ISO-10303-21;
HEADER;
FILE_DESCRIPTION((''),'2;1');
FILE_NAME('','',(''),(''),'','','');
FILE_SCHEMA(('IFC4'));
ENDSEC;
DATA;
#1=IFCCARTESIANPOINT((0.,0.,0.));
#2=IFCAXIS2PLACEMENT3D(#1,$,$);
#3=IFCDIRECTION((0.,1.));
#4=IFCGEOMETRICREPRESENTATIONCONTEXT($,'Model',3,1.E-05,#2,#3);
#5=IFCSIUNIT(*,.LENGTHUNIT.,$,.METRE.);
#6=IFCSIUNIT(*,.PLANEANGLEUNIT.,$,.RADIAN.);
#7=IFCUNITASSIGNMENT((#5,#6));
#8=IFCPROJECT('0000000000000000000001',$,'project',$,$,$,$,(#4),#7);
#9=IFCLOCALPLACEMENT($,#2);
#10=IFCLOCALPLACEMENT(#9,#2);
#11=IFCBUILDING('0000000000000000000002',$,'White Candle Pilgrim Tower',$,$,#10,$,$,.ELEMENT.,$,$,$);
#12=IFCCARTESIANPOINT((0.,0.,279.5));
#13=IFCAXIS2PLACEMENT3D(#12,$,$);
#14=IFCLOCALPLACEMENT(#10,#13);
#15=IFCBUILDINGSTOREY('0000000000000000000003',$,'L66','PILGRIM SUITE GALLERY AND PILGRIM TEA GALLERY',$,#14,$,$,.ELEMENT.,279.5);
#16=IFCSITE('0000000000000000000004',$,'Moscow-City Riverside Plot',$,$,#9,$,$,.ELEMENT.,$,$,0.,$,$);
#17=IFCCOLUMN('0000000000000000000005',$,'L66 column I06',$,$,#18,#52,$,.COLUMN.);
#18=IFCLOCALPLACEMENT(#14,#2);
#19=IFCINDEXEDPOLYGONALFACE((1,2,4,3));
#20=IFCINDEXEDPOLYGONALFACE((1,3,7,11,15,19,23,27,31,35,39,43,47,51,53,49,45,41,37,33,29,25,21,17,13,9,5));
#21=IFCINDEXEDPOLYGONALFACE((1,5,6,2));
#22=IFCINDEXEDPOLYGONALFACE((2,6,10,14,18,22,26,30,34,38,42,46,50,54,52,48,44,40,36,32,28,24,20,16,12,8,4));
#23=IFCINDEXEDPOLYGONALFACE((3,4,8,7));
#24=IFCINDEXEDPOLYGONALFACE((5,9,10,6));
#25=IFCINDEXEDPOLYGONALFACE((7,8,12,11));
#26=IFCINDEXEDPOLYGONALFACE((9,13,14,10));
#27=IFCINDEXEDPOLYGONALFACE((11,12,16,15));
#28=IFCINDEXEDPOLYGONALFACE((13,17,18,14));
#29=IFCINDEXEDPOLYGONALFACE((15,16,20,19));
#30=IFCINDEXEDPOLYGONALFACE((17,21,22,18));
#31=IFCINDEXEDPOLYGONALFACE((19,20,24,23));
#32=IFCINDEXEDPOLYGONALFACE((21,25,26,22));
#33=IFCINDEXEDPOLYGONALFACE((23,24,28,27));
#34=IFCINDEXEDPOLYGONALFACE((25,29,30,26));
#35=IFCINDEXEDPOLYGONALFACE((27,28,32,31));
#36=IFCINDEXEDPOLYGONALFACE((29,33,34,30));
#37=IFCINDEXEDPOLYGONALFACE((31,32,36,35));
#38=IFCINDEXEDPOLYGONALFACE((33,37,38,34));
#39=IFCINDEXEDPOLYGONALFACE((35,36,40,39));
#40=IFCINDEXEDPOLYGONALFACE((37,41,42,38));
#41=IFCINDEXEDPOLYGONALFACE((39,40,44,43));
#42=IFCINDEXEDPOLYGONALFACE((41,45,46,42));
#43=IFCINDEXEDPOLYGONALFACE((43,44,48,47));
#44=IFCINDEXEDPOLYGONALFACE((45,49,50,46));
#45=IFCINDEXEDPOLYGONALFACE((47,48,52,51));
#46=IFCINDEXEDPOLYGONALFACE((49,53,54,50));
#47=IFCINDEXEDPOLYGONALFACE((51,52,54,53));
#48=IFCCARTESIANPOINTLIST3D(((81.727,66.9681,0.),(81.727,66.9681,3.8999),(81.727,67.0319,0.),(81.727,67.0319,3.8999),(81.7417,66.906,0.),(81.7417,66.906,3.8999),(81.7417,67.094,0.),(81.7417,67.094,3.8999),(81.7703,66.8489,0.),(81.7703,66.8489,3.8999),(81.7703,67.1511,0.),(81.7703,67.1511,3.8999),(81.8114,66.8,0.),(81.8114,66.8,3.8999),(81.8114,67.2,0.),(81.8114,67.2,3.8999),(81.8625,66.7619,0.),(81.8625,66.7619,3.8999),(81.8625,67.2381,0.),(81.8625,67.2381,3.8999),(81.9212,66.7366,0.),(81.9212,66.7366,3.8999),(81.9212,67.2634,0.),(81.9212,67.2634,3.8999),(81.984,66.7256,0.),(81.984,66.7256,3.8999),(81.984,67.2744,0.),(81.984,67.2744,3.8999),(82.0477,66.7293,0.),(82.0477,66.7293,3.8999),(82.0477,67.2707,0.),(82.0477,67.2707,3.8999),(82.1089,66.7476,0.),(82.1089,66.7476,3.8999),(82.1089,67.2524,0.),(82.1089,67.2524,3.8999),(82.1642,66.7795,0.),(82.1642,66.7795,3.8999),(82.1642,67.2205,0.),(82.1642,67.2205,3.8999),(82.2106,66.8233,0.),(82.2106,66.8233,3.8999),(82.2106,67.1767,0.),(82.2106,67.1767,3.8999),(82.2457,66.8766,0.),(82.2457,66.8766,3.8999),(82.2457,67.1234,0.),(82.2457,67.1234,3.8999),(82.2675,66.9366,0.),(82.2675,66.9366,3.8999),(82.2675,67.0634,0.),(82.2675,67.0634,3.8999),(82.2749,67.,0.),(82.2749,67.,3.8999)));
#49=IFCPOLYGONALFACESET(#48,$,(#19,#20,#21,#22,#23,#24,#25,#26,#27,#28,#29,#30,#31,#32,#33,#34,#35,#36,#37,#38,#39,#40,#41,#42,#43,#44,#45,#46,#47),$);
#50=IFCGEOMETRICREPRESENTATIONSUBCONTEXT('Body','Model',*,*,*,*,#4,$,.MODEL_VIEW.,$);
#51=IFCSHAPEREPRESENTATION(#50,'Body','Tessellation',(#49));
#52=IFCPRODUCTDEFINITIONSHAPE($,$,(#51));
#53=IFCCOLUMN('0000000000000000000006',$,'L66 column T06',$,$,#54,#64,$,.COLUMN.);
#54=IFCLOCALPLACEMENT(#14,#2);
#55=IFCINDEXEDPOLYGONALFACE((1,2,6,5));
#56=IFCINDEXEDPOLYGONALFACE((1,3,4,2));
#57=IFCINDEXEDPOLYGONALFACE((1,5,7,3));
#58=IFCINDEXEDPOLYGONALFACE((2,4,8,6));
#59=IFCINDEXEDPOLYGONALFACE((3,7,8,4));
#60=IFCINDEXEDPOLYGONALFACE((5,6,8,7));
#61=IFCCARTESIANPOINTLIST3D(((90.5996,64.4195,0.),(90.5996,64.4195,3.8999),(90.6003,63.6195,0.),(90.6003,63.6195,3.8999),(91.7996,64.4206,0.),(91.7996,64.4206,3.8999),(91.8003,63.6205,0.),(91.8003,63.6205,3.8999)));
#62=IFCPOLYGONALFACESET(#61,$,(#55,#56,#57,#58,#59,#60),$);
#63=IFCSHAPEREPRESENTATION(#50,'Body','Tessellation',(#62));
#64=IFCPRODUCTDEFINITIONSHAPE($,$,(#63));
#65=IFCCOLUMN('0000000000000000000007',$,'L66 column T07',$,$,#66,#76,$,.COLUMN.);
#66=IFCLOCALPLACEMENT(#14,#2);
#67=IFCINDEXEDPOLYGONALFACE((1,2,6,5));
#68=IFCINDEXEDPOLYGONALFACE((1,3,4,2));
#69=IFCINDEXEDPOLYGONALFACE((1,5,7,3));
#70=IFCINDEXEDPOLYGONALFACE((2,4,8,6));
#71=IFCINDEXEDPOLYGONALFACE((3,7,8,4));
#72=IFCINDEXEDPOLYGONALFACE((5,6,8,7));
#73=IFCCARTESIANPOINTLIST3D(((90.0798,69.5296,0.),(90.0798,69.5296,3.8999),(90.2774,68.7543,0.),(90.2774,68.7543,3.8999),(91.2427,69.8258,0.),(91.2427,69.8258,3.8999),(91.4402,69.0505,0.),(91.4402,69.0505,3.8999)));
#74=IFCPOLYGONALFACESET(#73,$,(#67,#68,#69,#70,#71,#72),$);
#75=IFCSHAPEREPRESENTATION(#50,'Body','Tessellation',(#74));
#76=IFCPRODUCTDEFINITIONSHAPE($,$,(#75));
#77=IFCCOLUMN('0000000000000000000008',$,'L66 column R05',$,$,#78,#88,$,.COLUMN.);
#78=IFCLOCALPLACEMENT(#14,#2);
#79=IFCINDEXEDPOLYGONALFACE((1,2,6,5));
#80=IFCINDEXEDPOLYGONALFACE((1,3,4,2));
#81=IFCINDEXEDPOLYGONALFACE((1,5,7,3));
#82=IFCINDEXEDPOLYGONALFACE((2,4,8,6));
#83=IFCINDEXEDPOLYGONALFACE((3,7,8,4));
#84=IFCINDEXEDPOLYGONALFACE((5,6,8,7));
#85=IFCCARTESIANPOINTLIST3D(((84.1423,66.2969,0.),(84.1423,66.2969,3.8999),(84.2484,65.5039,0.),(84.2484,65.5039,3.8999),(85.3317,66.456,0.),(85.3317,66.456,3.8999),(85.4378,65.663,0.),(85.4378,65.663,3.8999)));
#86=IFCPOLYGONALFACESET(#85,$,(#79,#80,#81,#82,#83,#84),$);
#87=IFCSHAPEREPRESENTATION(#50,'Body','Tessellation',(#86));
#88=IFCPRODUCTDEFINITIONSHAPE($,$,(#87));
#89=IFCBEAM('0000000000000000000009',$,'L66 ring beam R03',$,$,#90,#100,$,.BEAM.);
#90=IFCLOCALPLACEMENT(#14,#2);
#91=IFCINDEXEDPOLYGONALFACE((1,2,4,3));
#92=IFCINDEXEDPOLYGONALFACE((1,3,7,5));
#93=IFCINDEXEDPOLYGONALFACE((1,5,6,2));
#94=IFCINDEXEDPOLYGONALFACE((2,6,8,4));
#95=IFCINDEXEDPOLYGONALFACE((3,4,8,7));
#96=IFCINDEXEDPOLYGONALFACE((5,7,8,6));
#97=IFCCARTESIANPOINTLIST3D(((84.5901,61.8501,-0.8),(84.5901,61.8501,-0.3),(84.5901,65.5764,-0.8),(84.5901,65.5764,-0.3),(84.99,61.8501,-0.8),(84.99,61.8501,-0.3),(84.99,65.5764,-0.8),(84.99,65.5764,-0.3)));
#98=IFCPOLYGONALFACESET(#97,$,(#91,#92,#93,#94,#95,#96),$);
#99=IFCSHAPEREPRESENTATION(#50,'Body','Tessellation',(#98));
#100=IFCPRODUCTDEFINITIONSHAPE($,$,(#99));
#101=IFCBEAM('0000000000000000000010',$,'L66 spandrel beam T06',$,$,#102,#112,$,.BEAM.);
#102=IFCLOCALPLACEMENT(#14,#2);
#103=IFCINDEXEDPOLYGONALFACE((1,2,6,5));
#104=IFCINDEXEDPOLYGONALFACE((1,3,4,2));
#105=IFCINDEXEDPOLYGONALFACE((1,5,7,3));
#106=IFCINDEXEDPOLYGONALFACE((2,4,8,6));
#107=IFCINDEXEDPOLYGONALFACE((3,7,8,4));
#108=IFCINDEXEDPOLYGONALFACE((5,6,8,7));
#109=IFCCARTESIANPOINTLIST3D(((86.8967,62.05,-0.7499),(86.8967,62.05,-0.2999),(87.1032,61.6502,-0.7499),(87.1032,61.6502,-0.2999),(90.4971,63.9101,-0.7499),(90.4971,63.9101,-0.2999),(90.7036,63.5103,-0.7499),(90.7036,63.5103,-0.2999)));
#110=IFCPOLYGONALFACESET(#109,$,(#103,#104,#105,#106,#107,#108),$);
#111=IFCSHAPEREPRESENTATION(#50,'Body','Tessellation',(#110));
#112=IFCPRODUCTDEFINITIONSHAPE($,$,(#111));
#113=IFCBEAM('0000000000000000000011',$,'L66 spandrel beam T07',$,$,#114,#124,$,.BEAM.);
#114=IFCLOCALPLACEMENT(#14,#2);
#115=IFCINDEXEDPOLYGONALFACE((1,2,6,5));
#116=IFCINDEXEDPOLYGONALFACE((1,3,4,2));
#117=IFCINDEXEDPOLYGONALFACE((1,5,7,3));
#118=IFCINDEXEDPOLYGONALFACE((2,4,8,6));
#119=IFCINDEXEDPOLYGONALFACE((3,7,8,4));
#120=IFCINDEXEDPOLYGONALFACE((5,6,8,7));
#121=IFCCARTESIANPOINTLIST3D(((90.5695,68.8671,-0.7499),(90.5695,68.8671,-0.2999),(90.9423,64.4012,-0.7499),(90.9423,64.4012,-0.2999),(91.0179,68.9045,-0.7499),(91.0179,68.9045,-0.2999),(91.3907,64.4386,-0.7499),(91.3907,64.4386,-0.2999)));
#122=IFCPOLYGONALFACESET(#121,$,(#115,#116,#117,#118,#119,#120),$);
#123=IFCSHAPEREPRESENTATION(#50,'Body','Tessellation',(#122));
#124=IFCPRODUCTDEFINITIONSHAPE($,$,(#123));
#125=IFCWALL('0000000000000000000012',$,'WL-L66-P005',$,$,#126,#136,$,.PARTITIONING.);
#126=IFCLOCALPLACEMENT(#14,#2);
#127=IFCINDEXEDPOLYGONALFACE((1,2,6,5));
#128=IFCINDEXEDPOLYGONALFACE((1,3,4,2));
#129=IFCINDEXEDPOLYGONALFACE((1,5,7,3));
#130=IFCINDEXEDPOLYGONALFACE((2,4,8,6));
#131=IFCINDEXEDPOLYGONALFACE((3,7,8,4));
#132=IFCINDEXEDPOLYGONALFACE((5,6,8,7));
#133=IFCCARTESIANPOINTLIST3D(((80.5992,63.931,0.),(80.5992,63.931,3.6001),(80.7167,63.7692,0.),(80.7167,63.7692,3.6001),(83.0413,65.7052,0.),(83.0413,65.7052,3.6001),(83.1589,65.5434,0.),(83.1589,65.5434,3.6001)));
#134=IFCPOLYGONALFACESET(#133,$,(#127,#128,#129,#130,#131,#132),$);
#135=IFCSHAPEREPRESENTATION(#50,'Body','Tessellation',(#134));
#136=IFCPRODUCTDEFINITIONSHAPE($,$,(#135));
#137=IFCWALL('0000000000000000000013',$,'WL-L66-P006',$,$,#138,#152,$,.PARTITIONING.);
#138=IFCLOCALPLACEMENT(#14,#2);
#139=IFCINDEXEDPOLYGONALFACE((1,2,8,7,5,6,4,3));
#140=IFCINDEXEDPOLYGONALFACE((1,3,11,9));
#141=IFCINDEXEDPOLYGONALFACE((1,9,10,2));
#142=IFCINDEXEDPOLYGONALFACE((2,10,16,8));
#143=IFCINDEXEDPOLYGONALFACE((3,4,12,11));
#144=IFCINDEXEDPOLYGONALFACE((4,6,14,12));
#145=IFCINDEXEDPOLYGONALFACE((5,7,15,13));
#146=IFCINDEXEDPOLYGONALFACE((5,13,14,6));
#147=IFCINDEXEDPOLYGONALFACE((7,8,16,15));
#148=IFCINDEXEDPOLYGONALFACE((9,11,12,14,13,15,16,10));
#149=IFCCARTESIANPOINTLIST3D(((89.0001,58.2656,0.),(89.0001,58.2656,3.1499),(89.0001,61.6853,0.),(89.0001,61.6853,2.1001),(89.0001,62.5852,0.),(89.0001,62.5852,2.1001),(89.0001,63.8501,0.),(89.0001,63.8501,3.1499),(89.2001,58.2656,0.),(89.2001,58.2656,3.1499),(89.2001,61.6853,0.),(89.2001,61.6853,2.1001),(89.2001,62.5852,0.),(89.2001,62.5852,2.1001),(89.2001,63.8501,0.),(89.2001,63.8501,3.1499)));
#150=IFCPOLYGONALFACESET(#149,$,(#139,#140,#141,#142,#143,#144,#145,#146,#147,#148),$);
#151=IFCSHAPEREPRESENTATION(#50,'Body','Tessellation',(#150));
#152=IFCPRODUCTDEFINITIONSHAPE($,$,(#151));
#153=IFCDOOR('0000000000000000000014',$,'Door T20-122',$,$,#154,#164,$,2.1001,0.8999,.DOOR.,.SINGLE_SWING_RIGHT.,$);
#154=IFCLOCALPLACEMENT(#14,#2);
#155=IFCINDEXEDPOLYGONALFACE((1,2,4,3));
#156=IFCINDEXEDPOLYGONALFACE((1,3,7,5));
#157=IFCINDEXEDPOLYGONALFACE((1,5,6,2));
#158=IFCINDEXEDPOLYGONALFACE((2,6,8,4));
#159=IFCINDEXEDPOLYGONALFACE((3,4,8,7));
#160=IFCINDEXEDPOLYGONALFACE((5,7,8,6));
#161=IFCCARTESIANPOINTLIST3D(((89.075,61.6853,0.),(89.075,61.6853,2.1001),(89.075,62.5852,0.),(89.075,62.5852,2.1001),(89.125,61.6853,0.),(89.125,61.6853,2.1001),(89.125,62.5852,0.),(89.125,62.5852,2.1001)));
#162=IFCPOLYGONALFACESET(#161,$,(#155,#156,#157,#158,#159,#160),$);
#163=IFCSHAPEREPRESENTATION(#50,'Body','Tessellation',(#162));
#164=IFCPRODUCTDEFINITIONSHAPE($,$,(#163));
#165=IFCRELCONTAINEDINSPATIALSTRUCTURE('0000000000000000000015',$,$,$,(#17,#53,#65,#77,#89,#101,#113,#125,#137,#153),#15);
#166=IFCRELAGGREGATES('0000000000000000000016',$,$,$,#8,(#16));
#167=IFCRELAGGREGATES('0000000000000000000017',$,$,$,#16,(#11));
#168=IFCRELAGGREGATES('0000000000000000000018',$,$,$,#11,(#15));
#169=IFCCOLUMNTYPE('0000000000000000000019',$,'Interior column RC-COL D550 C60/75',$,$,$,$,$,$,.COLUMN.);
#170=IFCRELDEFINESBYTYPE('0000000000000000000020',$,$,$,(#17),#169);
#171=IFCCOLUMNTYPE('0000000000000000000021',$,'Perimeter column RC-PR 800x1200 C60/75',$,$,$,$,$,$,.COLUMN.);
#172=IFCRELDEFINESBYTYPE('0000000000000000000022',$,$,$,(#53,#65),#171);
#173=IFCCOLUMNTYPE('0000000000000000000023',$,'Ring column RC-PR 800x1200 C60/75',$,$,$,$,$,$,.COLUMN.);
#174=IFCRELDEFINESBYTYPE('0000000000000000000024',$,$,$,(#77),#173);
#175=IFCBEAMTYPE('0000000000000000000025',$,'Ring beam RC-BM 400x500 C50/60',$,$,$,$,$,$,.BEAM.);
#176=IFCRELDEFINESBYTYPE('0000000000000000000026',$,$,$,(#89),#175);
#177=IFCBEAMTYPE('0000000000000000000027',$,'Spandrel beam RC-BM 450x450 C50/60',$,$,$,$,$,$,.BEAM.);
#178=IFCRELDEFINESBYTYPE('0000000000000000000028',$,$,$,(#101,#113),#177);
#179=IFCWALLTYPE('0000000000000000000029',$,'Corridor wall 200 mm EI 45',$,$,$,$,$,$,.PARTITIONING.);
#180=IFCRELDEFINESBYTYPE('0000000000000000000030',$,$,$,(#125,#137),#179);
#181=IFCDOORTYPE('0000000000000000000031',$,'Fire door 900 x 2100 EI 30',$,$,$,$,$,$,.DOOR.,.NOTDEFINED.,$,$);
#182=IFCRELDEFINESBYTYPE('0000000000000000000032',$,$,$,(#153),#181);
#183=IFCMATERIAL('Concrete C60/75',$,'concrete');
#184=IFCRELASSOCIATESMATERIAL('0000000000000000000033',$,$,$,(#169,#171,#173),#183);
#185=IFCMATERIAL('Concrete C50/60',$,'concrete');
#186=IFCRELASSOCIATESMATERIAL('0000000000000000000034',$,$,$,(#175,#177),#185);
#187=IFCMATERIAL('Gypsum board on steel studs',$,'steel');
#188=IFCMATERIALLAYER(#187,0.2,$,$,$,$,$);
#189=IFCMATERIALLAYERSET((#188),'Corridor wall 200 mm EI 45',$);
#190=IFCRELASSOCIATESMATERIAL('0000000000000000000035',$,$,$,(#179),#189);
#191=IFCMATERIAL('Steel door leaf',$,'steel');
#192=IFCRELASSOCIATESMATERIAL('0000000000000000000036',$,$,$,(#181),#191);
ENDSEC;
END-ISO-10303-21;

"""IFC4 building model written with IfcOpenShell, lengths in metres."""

from ifc_helpers import new_model, si_unit, direction, frame, frame_2d, origin, origin_2d, place, context, subcontext, project, spatial, rectangle, circle, extrude, material, layer, layer_set, material_profile, profile_set, type_object, element, fill, save


model = new_model("IFC4")

# Units and contexts
model_context = context("Model", 3, precision=1e-05, world=origin(), true_north=direction((0.0, 1.0)))
body_context = subcontext(model_context, "Body", "Model", "MODEL_VIEW")
ifc_project = project(units=[si_unit("LENGTHUNIT", "METRE"), si_unit("PLANEANGLEUNIT", "RADIAN")], contexts=[model_context])

# Site, building, storey
site_placement = place(None, origin())
site = spatial("IfcSite", under=ifc_project, at=site_placement, Name="Moscow-City Riverside Plot", CompositionType="ELEMENT", RefElevation=0.0)
building_placement = place(site_placement, origin())
building = spatial("IfcBuilding", under=site, at=building_placement, Name="White Candle Pilgrim Tower", CompositionType="ELEMENT")
storey_placement = place(building_placement, frame((0.0, 0.0, 279.5)))
storey = spatial("IfcBuildingStorey", under=building, at=storey_placement, Name="L66", Description="PILGRIM SUITE GALLERY AND PILGRIM TEA GALLERY", CompositionType="ELEMENT", Elevation=279.5)

# Columns
ifc_material_1 = material(Name="Concrete C60/75", Category="concrete")
ifc_material_profile_1 = material_profile(ifc_material_1, circle(Radius=0.2749, at=origin_2d()), Name="RC-COL D550")
ifc_profile_set_1 = profile_set([ifc_material_profile_1], Name="Concrete C60/75")
column_type_1 = type_object("IfcColumnType", Name="Interior column RC-COL D550 C60/75", PredefinedType="COLUMN", material=ifc_profile_set_1)
column_1_placement = place(storey_placement, frame((82.0, 67.0, 0.0), z_axis=(0.0, 0.0, 1.0), x_axis=(1.0, 0.0, 0.0)))
element("IfcColumn", 1, at=column_1_placement, inside=storey, type_object=column_type_1, Name="L66 column I06", PredefinedType="COLUMN", context=body_context, shape_type="SweptSolid", body=[
    extrude(circle(Radius=0.2749, at=origin_2d()), origin(), (0.0, 0.0, 1.0), 3.8999),
])
ifc_material_profile_2 = material_profile(ifc_material_1, rectangle(XDim=0.8, YDim=1.2, at=origin_2d()), Name="RC-PR 800x1200")
ifc_profile_set_2 = profile_set([ifc_material_profile_2], Name="Concrete C60/75")
column_type_2 = type_object("IfcColumnType", Name="Perimeter column RC-PR 800x1200 C60/75", PredefinedType="COLUMN", material=ifc_profile_set_2)
for number, where, z_axis, x_axis, name in (
    (2, (91.2, 64.02, 0.0), (0.0, 0.0, 1.0), (0.000855, -1.0, 0.0), "L66 column T06"),
    (3, (90.76, 69.29, 0.0), (0.0, 0.0, 1.0), (0.246881, -0.969046, 0.0), "L66 column T07"),
):
    element("IfcColumn", number, at=place(storey_placement, frame(where, z_axis=z_axis, x_axis=x_axis)), inside=storey, type_object=column_type_2, Name=name, PredefinedType="COLUMN", context=body_context, shape_type="SweptSolid", body=[
        extrude(rectangle(XDim=0.8, YDim=1.2, at=origin_2d()), origin(), (0.0, 0.0, 1.0), 3.8999),
    ])
ifc_material_profile_3 = material_profile(ifc_material_1, rectangle(XDim=0.8, YDim=1.2, at=origin_2d()), Name="RC-PR 800x1200")
ifc_profile_set_3 = profile_set([ifc_material_profile_3], Name="Concrete C60/75")
column_type_3 = type_object("IfcColumnType", Name="Ring column RC-PR 800x1200 C60/75", PredefinedType="COLUMN", material=ifc_profile_set_3)
column_2_placement = place(storey_placement, frame((84.79, 65.98, 0.0), z_axis=(0.0, 0.0, 1.0), x_axis=(0.132602, -0.991169, 0.0)))
element("IfcColumn", 4, at=column_2_placement, inside=storey, type_object=column_type_3, Name="L66 column R05", PredefinedType="COLUMN", context=body_context, shape_type="SweptSolid", body=[
    extrude(rectangle(XDim=0.8, YDim=1.2, at=origin_2d()), origin(), (0.0, 0.0, 1.0), 3.8999),
])

# Beams
ifc_material_2 = material(Name="Concrete C50/60", Category="concrete")
ifc_material_profile_4 = material_profile(ifc_material_2, rectangle(XDim=0.3999, YDim=0.5, at=origin_2d()), Name="RC-BM 400x500")
ifc_profile_set_4 = profile_set([ifc_material_profile_4], Name="Concrete C50/60")
beam_type_1 = type_object("IfcBeamType", Name="Ring beam RC-BM 400x500 C50/60", PredefinedType="BEAM", material=ifc_profile_set_4)
beam_1_placement = place(storey_placement, frame((84.79, 65.5764, -0.55), z_axis=(0.0, -1.0, 0.0), x_axis=(1.0, 0.0, 0.0)))
element("IfcBeam", 5, at=beam_1_placement, inside=storey, type_object=beam_type_1, Name="L66 ring beam R03", PredefinedType="BEAM", context=body_context, shape_type="SweptSolid", body=[
    extrude(rectangle(XDim=0.3999, YDim=0.5, at=origin_2d()), origin(), (0.0, 0.0, 1.0), 3.7263),
])
ifc_material_profile_5 = material_profile(ifc_material_2, rectangle(XDim=0.45, YDim=0.45, at=origin_2d()), Name="RC-BM 450x450")
ifc_profile_set_5 = profile_set([ifc_material_profile_5], Name="Concrete C50/60")
beam_type_2 = type_object("IfcBeamType", Name="Spandrel beam RC-BM 450x450 C50/60", PredefinedType="BEAM", material=ifc_profile_set_5)
beam_2_placement = place(storey_placement, frame((90.6003, 63.7102, -0.5249), z_axis=(-0.888433, -0.459007, 0.0), x_axis=(0.459007, -0.888433, 0.0)))
element("IfcBeam", 6, at=beam_2_placement, inside=storey, type_object=beam_type_2, Name="L66 spandrel beam T06", PredefinedType="BEAM", context=body_context, shape_type="SweptSolid", body=[
    extrude(rectangle(XDim=0.45, YDim=0.45, at=origin_2d()), origin(), (0.0, 0.0, 1.0), 4.0525),
])
beam_3_placement = place(storey_placement, frame((91.1665, 64.4199, -0.5249), z_axis=(-0.08319, 0.996534, 0.0), x_axis=(-0.996534, -0.08319, 0.0)))
element("IfcBeam", 7, at=beam_3_placement, inside=storey, type_object=beam_type_2, Name="L66 spandrel beam T07", PredefinedType="BEAM", context=body_context, shape_type="SweptSolid", body=[
    extrude(rectangle(XDim=0.45, YDim=0.45, at=origin_2d()), origin(), (0.0, 0.0, 1.0), 4.4814),
])

# Wall
ifc_material_3 = material(Name="Gypsum board on steel studs", Category="steel")
ifc_layer_1 = layer(ifc_material_3, 0.2)
ifc_layer_set_1 = layer_set([ifc_layer_1], Name="Corridor wall 200 mm EI 45")
wall_type_1 = type_object("IfcWallType", Name="Corridor wall 200 mm EI 45", PredefinedType="PARTITIONING", material=ifc_layer_set_1)
wall_1_placement = place(storey_placement, frame((83.1001, 65.6243, 0.0), z_axis=(0.0, 0.0, 1.0), x_axis=(-0.80904, -0.587753, 0.0)))
element("IfcWall", 8, at=wall_1_placement, inside=storey, type_object=wall_type_1, Name="WL-L66-P005", PredefinedType="PARTITIONING", context=body_context, shape_type="SweptSolid", body=[
    extrude(rectangle(XDim=3.0186, YDim=0.2, at=frame_2d((1.5093, 0.0))), origin(), (0.0, 0.0, 1.0), 3.6001),
])

# Wall, opening, door
wall_2_placement = place(storey_placement, frame((89.1001, 63.8501, 0.0), z_axis=(0.0, 0.0, 1.0), x_axis=(0.0, -1.0, 0.0)))
wall_2 = element("IfcWall", 9, at=wall_2_placement, inside=storey, type_object=wall_type_1, Name="WL-L66-P006", PredefinedType="PARTITIONING", context=body_context, shape_type="SweptSolid", body=[
    extrude(rectangle(XDim=5.5845, YDim=0.2, at=frame_2d((2.7922, 0.0))), origin(), (0.0, 0.0, 1.0), 3.1499),
])
opening_1_placement = place(wall_2_placement, frame((1.2649, 0.0, 0.0)))
opening_1 = element("IfcOpeningElement", 10, at=opening_1_placement, cuts=wall_2, PredefinedType="OPENING", context=body_context, shape_type="SweptSolid", body=[
    extrude(rectangle(XDim=0.8999, YDim=2.1001, at=frame_2d((0.45, 1.05))), frame((0.0, 0.1099, 0.0), z_axis=(0.0, -1.0, 0.0), x_axis=(1.0, 0.0, 0.0)), (0.0, 0.0, 1.0), 0.22),
])
ifc_material_4 = material(Name="Steel door leaf", Category="steel")
door_type = type_object("IfcDoorType", Name="Fire door 900 x 2100 EI 30", OperationType="NOTDEFINED", PredefinedType="DOOR", material=ifc_material_4)
door_1_placement = place(opening_1_placement, origin())
door_1 = element("IfcDoor", 11, at=door_1_placement, inside=storey, type_object=door_type, Name="Door T20-122", OperationType="SINGLE_SWING_RIGHT", OverallHeight=2.1001, OverallWidth=0.8999, PredefinedType="DOOR", context=body_context, shape_type="SweptSolid", body=[
    extrude(rectangle(XDim=0.8999, YDim=2.1001, at=frame_2d((0.45, 1.05))), frame((0.0, 0.0249, 0.0), z_axis=(0.0, -1.0, 0.0), x_axis=(1.0, 0.0, 0.0)), (0.0, 0.0, 1.0), 0.05),
])
fill(opening_1, door_1)

save(model, "model.ifc")
